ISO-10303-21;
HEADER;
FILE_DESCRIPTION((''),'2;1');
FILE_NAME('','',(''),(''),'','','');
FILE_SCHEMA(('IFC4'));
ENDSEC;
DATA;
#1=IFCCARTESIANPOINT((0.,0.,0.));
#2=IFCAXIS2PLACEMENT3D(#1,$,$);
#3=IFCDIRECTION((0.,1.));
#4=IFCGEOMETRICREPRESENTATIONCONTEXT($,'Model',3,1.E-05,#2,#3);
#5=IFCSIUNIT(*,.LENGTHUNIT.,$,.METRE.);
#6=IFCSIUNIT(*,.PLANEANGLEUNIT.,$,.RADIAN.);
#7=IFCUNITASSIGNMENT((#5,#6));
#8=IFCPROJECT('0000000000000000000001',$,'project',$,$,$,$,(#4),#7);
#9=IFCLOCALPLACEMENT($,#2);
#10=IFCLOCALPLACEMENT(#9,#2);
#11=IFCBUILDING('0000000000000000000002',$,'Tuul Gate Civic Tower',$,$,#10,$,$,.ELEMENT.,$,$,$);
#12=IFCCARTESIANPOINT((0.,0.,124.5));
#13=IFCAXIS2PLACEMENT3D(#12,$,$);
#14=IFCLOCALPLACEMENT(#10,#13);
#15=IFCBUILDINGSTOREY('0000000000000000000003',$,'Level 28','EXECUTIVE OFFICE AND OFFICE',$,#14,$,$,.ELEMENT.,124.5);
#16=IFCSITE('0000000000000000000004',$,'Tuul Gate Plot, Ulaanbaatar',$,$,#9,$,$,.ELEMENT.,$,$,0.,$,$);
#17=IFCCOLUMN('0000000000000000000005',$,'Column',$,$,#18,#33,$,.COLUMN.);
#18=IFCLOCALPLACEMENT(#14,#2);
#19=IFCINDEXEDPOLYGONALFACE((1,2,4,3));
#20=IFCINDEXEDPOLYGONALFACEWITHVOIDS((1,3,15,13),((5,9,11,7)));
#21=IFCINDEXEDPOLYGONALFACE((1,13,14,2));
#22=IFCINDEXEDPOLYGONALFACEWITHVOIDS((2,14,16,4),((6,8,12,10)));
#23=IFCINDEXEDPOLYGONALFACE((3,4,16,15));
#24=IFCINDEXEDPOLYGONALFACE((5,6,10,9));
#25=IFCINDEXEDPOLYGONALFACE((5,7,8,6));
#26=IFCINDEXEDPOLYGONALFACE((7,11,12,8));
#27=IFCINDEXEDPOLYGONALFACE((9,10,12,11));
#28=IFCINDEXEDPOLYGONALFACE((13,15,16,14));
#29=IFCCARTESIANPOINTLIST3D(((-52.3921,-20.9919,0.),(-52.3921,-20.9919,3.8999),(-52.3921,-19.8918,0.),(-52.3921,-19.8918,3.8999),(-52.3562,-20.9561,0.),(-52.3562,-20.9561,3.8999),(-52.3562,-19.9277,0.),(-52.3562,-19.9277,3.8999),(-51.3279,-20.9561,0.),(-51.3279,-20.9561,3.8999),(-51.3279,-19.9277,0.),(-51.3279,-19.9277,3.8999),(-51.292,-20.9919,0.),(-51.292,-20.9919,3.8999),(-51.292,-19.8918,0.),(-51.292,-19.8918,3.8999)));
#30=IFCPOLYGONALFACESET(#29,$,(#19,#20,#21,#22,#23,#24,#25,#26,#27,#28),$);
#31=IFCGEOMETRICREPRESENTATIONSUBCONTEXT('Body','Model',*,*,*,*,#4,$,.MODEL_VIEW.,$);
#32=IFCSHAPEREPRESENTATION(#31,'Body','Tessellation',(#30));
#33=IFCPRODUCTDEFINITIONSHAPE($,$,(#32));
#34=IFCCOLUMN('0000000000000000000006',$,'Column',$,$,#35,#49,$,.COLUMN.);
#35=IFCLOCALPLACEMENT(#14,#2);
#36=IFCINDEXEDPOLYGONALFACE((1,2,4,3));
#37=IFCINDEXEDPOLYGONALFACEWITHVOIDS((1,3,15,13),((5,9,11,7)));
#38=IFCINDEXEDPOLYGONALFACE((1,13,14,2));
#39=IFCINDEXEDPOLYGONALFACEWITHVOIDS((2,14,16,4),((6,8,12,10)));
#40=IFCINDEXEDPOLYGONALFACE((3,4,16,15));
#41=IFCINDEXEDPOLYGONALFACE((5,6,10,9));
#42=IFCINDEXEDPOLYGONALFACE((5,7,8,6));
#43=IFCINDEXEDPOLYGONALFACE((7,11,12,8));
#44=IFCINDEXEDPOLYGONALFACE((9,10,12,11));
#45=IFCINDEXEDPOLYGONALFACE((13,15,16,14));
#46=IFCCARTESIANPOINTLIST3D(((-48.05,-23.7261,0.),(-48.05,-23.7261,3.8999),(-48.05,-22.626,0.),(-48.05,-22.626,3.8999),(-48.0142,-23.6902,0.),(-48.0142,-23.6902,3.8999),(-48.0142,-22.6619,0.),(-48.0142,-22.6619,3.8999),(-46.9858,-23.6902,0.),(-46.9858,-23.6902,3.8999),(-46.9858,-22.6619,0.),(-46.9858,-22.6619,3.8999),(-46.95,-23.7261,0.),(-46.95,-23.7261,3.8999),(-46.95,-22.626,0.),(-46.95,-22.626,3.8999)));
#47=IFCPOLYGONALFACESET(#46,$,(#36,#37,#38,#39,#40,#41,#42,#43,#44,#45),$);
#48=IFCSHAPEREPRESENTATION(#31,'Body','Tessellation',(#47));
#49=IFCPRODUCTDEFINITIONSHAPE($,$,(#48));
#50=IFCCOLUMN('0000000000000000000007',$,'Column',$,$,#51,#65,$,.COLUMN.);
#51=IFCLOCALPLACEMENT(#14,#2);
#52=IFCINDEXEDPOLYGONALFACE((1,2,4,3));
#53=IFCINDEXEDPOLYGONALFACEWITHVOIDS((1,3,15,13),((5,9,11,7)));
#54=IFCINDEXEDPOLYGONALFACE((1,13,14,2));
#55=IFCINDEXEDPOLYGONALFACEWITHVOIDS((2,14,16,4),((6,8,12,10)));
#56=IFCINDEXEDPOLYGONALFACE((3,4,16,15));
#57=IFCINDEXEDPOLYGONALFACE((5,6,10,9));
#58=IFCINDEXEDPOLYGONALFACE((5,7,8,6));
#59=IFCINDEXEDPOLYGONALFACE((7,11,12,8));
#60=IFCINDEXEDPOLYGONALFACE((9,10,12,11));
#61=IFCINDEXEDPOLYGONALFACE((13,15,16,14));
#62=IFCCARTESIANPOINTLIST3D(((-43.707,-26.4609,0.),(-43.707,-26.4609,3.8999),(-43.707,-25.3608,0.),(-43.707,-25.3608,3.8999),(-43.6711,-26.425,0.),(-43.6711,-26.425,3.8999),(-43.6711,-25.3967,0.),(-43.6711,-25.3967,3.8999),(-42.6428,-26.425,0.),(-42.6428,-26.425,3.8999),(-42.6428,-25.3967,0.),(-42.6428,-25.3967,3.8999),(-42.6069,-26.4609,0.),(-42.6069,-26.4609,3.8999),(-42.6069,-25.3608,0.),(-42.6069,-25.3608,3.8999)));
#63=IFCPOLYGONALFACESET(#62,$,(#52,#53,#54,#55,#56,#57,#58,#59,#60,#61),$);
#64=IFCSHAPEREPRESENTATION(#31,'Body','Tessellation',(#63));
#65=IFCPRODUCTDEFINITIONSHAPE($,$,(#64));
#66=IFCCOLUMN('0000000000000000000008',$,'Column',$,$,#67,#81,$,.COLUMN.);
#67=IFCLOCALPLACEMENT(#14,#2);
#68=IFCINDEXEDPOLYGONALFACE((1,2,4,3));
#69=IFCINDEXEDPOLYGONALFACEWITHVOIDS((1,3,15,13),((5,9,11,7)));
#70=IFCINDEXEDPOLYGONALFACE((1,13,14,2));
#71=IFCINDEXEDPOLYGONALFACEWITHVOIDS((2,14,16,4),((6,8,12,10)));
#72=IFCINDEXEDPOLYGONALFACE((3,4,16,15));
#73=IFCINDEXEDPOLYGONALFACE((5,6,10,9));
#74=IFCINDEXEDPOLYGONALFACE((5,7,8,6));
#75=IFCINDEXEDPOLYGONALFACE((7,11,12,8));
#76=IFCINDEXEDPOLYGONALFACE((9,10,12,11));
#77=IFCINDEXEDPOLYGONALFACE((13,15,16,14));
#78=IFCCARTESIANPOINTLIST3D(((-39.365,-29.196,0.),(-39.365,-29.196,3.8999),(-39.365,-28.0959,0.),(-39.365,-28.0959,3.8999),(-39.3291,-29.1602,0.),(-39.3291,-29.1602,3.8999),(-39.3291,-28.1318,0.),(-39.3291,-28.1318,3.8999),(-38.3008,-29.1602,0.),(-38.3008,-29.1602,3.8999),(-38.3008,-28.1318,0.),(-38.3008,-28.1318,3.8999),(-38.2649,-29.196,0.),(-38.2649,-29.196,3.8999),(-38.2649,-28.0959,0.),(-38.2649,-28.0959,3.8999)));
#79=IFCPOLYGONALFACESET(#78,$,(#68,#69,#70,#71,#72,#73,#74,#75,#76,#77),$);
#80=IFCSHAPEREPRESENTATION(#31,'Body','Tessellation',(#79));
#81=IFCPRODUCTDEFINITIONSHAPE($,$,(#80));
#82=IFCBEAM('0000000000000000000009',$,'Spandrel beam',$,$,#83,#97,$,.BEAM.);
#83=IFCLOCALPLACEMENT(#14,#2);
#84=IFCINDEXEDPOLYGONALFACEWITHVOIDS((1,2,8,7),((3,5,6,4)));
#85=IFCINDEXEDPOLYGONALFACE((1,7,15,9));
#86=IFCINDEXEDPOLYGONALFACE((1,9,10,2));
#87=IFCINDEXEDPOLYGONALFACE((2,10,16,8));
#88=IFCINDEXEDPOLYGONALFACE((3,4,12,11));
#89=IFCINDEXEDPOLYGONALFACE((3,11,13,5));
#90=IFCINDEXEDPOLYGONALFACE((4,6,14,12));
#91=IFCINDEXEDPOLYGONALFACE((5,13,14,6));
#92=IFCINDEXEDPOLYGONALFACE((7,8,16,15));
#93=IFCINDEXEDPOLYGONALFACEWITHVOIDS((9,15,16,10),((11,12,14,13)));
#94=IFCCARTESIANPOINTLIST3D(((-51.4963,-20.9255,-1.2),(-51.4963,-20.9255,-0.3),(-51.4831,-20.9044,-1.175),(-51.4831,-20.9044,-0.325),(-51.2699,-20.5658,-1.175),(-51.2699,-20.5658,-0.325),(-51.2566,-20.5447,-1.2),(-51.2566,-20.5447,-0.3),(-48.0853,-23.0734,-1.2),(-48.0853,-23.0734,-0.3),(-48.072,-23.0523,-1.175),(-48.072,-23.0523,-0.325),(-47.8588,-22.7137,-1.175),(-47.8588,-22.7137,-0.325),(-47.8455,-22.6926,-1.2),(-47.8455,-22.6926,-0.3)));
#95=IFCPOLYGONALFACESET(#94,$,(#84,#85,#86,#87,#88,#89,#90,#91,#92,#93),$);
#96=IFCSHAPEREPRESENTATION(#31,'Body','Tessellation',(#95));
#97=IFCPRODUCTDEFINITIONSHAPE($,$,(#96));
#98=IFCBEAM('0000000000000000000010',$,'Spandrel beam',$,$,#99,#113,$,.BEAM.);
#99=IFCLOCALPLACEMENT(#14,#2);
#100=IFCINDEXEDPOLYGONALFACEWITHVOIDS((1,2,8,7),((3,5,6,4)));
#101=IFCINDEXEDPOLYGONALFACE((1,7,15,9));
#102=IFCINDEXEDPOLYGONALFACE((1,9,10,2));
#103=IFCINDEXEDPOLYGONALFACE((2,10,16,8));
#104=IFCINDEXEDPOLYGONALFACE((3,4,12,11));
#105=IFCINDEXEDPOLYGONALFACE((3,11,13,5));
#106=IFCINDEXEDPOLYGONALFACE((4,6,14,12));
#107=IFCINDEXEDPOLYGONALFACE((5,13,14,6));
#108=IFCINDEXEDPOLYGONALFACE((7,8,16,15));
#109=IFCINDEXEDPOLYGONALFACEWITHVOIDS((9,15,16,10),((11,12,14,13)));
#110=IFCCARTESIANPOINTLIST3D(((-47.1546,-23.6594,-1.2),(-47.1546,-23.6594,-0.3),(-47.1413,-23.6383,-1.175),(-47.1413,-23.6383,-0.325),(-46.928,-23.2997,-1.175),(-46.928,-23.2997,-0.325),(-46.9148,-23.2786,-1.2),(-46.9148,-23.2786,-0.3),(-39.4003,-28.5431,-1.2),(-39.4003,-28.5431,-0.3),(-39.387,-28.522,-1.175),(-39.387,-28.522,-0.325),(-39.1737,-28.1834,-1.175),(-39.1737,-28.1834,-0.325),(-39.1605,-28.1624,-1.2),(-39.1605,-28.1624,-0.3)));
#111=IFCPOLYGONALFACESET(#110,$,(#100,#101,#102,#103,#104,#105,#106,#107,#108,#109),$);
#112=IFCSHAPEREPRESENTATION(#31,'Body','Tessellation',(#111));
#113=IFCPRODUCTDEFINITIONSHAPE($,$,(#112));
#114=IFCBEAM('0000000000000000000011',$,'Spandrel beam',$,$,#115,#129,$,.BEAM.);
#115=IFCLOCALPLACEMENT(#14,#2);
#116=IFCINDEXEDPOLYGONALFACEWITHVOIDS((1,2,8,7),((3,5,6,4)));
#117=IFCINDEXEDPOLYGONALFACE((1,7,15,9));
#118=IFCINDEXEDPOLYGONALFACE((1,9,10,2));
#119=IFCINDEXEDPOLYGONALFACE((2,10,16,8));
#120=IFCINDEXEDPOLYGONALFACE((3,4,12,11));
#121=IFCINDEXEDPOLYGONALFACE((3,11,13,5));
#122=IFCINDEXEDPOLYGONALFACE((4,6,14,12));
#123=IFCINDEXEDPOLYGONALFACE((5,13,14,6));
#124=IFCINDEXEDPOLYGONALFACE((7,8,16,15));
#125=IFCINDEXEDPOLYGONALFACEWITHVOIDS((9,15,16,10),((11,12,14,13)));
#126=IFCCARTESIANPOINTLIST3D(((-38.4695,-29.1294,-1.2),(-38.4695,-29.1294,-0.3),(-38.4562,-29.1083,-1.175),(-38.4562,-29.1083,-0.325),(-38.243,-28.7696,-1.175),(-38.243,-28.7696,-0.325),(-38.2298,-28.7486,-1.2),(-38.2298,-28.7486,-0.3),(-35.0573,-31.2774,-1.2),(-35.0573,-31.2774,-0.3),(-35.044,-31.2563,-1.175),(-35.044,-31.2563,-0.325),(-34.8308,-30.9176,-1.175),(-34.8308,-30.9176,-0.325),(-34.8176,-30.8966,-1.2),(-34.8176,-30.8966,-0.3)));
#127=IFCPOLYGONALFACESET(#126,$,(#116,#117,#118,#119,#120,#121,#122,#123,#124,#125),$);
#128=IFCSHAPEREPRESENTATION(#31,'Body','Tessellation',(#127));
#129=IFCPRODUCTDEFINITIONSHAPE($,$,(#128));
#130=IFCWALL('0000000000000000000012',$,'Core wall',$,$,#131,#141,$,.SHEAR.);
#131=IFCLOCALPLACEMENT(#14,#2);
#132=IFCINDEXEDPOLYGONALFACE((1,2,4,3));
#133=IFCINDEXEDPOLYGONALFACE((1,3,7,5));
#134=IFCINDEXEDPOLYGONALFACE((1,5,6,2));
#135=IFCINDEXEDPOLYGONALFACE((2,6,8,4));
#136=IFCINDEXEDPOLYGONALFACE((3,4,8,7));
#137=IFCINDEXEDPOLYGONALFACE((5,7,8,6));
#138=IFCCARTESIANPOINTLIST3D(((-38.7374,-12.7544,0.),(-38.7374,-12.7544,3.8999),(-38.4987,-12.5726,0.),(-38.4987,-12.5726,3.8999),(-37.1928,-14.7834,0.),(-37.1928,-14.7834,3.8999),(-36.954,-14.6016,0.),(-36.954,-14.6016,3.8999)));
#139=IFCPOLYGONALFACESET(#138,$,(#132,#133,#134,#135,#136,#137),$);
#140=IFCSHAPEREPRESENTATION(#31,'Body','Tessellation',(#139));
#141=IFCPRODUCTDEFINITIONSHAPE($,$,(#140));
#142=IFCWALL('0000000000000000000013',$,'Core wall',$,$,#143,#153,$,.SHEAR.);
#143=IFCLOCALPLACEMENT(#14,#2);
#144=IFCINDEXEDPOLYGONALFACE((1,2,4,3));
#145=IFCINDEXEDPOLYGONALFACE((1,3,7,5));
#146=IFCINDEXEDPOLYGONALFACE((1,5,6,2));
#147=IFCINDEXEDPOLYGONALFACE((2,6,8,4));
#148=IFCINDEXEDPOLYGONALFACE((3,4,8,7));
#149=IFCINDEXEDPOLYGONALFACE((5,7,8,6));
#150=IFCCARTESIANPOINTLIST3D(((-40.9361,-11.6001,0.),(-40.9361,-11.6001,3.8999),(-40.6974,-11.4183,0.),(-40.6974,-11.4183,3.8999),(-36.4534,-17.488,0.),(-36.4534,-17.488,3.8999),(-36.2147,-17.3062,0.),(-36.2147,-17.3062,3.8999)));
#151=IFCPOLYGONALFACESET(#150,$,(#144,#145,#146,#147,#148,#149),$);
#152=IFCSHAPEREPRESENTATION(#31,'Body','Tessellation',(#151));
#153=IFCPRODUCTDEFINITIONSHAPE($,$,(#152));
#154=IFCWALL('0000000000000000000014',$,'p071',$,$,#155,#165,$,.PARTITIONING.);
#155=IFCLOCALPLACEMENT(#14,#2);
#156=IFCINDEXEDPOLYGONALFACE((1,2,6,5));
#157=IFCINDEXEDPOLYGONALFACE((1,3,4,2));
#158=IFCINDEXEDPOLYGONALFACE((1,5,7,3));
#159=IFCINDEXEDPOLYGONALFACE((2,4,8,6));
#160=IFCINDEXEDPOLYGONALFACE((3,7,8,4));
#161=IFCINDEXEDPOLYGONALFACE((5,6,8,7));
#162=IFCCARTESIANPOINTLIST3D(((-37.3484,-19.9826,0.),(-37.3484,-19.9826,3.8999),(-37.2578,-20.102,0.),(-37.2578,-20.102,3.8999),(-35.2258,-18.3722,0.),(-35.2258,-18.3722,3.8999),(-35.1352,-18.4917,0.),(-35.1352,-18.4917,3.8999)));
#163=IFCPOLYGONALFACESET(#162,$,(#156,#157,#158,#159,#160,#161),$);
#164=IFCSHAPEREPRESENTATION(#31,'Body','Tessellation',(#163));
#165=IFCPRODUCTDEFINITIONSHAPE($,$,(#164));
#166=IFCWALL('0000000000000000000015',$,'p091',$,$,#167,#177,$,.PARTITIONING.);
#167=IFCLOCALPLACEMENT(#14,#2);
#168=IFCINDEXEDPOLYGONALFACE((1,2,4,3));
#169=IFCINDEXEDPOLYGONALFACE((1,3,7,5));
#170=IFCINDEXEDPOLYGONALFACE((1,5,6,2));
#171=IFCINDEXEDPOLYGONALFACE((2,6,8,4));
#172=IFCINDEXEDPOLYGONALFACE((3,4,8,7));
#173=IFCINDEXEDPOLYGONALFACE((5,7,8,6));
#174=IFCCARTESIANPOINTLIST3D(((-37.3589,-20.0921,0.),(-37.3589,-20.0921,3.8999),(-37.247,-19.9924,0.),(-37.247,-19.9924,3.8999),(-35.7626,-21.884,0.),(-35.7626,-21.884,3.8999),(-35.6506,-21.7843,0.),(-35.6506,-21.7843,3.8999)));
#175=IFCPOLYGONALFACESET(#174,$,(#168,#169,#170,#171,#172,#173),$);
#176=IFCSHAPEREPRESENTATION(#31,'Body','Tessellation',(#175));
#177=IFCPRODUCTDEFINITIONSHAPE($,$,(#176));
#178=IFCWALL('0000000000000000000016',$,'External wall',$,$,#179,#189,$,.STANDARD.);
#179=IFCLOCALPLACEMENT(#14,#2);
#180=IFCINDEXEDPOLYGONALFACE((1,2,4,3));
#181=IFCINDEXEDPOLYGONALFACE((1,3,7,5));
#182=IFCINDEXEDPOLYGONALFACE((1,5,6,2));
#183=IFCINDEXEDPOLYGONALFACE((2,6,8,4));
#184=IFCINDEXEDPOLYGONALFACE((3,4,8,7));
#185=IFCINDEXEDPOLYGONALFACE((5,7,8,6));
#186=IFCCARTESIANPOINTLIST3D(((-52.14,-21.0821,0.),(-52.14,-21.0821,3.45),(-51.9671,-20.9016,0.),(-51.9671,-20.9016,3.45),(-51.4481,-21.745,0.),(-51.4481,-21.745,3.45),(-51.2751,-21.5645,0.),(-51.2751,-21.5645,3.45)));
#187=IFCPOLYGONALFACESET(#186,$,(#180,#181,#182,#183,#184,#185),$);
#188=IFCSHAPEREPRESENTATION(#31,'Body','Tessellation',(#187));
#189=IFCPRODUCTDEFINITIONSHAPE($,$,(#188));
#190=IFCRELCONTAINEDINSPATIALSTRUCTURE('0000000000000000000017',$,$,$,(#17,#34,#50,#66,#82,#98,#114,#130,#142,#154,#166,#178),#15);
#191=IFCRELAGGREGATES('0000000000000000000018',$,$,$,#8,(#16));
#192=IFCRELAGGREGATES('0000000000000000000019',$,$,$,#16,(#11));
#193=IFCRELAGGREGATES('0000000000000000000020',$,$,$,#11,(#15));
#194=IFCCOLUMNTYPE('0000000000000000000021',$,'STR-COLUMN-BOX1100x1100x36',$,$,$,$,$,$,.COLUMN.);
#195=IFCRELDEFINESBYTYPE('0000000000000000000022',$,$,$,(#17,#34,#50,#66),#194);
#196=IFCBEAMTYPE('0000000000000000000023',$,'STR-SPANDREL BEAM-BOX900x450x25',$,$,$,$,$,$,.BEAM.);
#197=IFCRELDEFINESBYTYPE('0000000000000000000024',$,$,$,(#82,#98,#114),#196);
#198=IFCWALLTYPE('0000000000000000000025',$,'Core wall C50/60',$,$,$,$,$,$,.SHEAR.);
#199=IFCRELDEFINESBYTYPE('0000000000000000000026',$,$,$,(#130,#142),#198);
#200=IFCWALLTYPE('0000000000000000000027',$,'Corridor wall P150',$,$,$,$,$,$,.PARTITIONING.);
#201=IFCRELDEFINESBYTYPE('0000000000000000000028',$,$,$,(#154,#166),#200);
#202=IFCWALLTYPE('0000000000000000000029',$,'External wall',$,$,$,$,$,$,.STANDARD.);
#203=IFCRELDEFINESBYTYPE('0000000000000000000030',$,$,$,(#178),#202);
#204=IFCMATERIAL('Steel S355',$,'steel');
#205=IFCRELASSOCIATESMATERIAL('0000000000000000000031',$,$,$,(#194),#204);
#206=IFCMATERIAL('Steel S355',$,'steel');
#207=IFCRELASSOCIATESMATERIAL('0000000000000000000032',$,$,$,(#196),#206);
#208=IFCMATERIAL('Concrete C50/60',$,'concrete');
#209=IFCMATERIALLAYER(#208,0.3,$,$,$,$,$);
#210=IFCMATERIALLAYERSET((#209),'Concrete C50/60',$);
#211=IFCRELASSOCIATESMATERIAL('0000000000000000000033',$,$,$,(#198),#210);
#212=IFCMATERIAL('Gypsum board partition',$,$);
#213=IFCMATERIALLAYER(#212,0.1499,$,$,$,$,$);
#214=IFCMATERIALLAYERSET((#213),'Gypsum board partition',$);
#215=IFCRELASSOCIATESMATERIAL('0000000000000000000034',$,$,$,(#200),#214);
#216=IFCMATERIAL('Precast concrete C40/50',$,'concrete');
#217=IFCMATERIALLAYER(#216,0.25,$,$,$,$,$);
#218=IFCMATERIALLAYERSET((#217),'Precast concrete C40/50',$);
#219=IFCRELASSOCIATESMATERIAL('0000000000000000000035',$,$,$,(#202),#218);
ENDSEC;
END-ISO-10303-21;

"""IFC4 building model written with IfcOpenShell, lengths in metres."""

from ifc_helpers import new_model, si_unit, direction, frame, frame_2d, origin, origin_2d, place, context, subcontext, project, spatial, rectangle, hollow_rectangle, extrude, material, layer, layer_set, material_profile, profile_set, type_object, element, save


model = new_model("IFC4")

# Units and contexts
model_context = context("Model", 3, precision=1e-05, world=origin(), true_north=direction((0.0, 1.0)))
body_context = subcontext(model_context, "Body", "Model", "MODEL_VIEW")
ifc_project = project(units=[si_unit("LENGTHUNIT", "METRE"), si_unit("PLANEANGLEUNIT", "RADIAN")], contexts=[model_context])

# Site, building, storey
site_placement = place(None, origin())
site = spatial("IfcSite", under=ifc_project, at=site_placement, Name="Tuul Gate Plot, Ulaanbaatar", CompositionType="ELEMENT", RefElevation=0.0)
building_placement = place(site_placement, origin())
building = spatial("IfcBuilding", under=site, at=building_placement, Name="Tuul Gate Civic Tower", CompositionType="ELEMENT")
storey_placement = place(building_placement, frame((0.0, 0.0, 124.5)))
storey = spatial("IfcBuildingStorey", under=building, at=storey_placement, Name="Level 28", Description="EXECUTIVE OFFICE AND OFFICE", CompositionType="ELEMENT", Elevation=124.5)

# Columns
ifc_material_1 = material(Name="Steel S355", Category="steel")
ifc_material_profile_1 = material_profile(ifc_material_1, hollow_rectangle(XDim=1.1001, YDim=1.1001, WallThickness=0.0359, at=origin_2d()), Name="BOX1100x1100x36")
ifc_profile_set_1 = profile_set([ifc_material_profile_1], Name="Steel S355")
column_type = type_object("IfcColumnType", Name="STR-COLUMN-BOX1100x1100x36", PredefinedType="COLUMN", material=ifc_profile_set_1)
for number, where, z_axis, x_axis, name in (
    (1, (-51.842, -20.4419, 0.0), (0.0, 0.0, 1.0), (1.0, 0.0, 0.0), "Column"),
    (2, (-47.5, -23.176, 0.0), (0.0, 0.0, 1.0), (1.0, 0.0, 0.0), "Column"),
    (3, (-43.157, -25.9109, 0.0), (0.0, 0.0, 1.0), (1.0, 0.0, 0.0), "Column"),
    (4, (-38.8149, -28.646, 0.0), (0.0, 0.0, 1.0), (1.0, 0.0, 0.0), "Column"),
):
    element("IfcColumn", number, at=place(storey_placement, frame(where, z_axis=z_axis, x_axis=x_axis)), inside=storey, type_object=column_type, Name=name, PredefinedType="COLUMN", context=body_context, shape_type="SweptSolid", body=[
        extrude(hollow_rectangle(XDim=1.1001, YDim=1.1001, WallThickness=0.0359, at=origin_2d()), origin(), (0.0, 0.0, 1.0), 3.8999),
    ])

# Beams
ifc_material_2 = material(Name="Steel S355", Category="steel")
ifc_material_profile_2 = material_profile(ifc_material_2, hollow_rectangle(XDim=0.45, YDim=0.8999, WallThickness=0.0249, at=origin_2d()), Name="BOX900x450x25")
ifc_profile_set_2 = profile_set([ifc_material_profile_2], Name="Steel S355")
beam_type = type_object("IfcBeamType", Name="STR-SPANDREL BEAM-BOX900x450x25", PredefinedType="BEAM", material=ifc_profile_set_2)
beam_1_placement = place(storey_placement, frame((-51.3765, -20.7351, -0.75), z_axis=(0.846211, -0.532849, 0.0), x_axis=(0.532849, 0.846211, 0.0)))
element("IfcBeam", 5, at=beam_1_placement, inside=storey, type_object=beam_type, Name="Spandrel beam", PredefinedType="BEAM", context=body_context, shape_type="SweptSolid", body=[
    extrude(hollow_rectangle(XDim=0.45, YDim=0.8999, WallThickness=0.0249, at=origin_2d()), origin(), (0.0, 0.0, 1.0), 4.031),
])
beam_2_placement = place(storey_placement, frame((-47.0347, -23.469, -0.75), z_axis=(0.846164, -0.532922, 0.0), x_axis=(0.532922, 0.846164, 0.0)))
element("IfcBeam", 6, at=beam_2_placement, inside=storey, type_object=beam_type, Name="Spandrel beam", PredefinedType="BEAM", context=body_context, shape_type="SweptSolid", body=[
    extrude(hollow_rectangle(XDim=0.45, YDim=0.8999, WallThickness=0.0249, at=origin_2d()), origin(), (0.0, 0.0, 1.0), 9.1641),
])
beam_3_placement = place(storey_placement, frame((-38.3496, -28.939, -0.75), z_axis=(0.846279, -0.532739, 0.0), x_axis=(0.532739, 0.846279, 0.0)))
element("IfcBeam", 7, at=beam_3_placement, inside=storey, type_object=beam_type, Name="Spandrel beam", PredefinedType="BEAM", context=body_context, shape_type="SweptSolid", body=[
    extrude(hollow_rectangle(XDim=0.45, YDim=0.8999, WallThickness=0.0249, at=origin_2d()), origin(), (0.0, 0.0, 1.0), 4.032),
])

# Walls
ifc_material_3 = material(Name="Concrete C50/60", Category="concrete")
ifc_layer_1 = layer(ifc_material_3, 0.3)
ifc_layer_set_1 = layer_set([ifc_layer_1], Name="Concrete C50/60")
wall_type_1 = type_object("IfcWallType", Name="Core wall C50/60", PredefinedType="SHEAR", material=ifc_layer_set_1)
wall_1_placement = place(storey_placement, frame((-37.0735, -14.6924, 0.0), z_axis=(0.0, 0.0, 1.0), x_axis=(-0.605729, 0.795671, 0.0)))
element("IfcWall", 8, at=wall_1_placement, inside=storey, type_object=wall_type_1, Name="Core wall", PredefinedType="SHEAR", context=body_context, shape_type="SweptSolid", body=[
    extrude(rectangle(XDim=2.55, YDim=0.3, at=frame_2d((1.2749, 0.0))), origin(), (0.0, 0.0, 1.0), 3.8999),
])
wall_2_placement = place(storey_placement, frame((-36.334, -17.3972, 0.0), z_axis=(0.0, 0.0, 1.0), x_axis=(-0.605754, 0.795652, 0.0)))
element("IfcWall", 9, at=wall_2_placement, inside=storey, type_object=wall_type_1, Name="Core wall", PredefinedType="SHEAR", context=body_context, shape_type="SweptSolid", body=[
    extrude(rectangle(XDim=7.4001, YDim=0.3, at=frame_2d((3.7002, 0.0))), origin(), (0.0, 0.0, 1.0), 3.8999),
])
ifc_material_4 = material(Name="Gypsum board partition")
ifc_layer_2 = layer(ifc_material_4, 0.1499)
ifc_layer_set_2 = layer_set([ifc_layer_2], Name="Gypsum board partition")
wall_type_2 = type_object("IfcWallType", Name="Corridor wall P150", PredefinedType="PARTITIONING", material=ifc_layer_set_2)
wall_3_placement = place(storey_placement, frame((-37.303, -20.0422, 0.0), z_axis=(0.0, 0.0, 1.0), x_axis=(0.796667, 0.604419, 0.0)))
element("IfcWall", 10, at=wall_3_placement, inside=storey, type_object=wall_type_2, Name="p071", PredefinedType="PARTITIONING", context=body_context, shape_type="SweptSolid", body=[
    extrude(rectangle(XDim=2.6643, YDim=0.1499, at=frame_2d((1.332, 0.0))), origin(), (0.0, 0.0, 1.0), 3.8999),
])
wall_4_placement = place(storey_placement, frame((-37.303, -20.0422, 0.0), z_axis=(0.0, 0.0, 1.0), x_axis=(0.665191, -0.746674, 0.0)))
element("IfcWall", 11, at=wall_4_placement, inside=storey, type_object=wall_type_2, Name="p091", PredefinedType="PARTITIONING", context=body_context, shape_type="SweptSolid", body=[
    extrude(rectangle(XDim=2.3999, YDim=0.1499, at=frame_2d((1.2, 0.0))), origin(), (0.0, 0.0, 1.0), 3.8999),
])
ifc_material_5 = material(Name="Precast concrete C40/50", Category="concrete")
ifc_layer_3 = layer(ifc_material_5, 0.25)
ifc_layer_set_3 = layer_set([ifc_layer_3], Name="Precast concrete C40/50")
wall_type_3 = type_object("IfcWallType", Name="External wall", PredefinedType="STANDARD", material=ifc_layer_set_3)
wall_5_placement = place(storey_placement, frame((-52.0535, -20.9919, 0.0), z_axis=(0.0, 0.0, 1.0), x_axis=(0.722105, -0.691784, 0.0)))
element("IfcWall", 12, at=wall_5_placement, inside=storey, type_object=wall_type_3, Name="External wall", PredefinedType="STANDARD", context=body_context, shape_type="SweptSolid", body=[
    extrude(rectangle(XDim=0.9583, YDim=0.25, at=frame_2d((0.479, 0.0))), origin(), (0.0, 0.0, 1.0), 3.45),
])

save(model, "model.ifc")
